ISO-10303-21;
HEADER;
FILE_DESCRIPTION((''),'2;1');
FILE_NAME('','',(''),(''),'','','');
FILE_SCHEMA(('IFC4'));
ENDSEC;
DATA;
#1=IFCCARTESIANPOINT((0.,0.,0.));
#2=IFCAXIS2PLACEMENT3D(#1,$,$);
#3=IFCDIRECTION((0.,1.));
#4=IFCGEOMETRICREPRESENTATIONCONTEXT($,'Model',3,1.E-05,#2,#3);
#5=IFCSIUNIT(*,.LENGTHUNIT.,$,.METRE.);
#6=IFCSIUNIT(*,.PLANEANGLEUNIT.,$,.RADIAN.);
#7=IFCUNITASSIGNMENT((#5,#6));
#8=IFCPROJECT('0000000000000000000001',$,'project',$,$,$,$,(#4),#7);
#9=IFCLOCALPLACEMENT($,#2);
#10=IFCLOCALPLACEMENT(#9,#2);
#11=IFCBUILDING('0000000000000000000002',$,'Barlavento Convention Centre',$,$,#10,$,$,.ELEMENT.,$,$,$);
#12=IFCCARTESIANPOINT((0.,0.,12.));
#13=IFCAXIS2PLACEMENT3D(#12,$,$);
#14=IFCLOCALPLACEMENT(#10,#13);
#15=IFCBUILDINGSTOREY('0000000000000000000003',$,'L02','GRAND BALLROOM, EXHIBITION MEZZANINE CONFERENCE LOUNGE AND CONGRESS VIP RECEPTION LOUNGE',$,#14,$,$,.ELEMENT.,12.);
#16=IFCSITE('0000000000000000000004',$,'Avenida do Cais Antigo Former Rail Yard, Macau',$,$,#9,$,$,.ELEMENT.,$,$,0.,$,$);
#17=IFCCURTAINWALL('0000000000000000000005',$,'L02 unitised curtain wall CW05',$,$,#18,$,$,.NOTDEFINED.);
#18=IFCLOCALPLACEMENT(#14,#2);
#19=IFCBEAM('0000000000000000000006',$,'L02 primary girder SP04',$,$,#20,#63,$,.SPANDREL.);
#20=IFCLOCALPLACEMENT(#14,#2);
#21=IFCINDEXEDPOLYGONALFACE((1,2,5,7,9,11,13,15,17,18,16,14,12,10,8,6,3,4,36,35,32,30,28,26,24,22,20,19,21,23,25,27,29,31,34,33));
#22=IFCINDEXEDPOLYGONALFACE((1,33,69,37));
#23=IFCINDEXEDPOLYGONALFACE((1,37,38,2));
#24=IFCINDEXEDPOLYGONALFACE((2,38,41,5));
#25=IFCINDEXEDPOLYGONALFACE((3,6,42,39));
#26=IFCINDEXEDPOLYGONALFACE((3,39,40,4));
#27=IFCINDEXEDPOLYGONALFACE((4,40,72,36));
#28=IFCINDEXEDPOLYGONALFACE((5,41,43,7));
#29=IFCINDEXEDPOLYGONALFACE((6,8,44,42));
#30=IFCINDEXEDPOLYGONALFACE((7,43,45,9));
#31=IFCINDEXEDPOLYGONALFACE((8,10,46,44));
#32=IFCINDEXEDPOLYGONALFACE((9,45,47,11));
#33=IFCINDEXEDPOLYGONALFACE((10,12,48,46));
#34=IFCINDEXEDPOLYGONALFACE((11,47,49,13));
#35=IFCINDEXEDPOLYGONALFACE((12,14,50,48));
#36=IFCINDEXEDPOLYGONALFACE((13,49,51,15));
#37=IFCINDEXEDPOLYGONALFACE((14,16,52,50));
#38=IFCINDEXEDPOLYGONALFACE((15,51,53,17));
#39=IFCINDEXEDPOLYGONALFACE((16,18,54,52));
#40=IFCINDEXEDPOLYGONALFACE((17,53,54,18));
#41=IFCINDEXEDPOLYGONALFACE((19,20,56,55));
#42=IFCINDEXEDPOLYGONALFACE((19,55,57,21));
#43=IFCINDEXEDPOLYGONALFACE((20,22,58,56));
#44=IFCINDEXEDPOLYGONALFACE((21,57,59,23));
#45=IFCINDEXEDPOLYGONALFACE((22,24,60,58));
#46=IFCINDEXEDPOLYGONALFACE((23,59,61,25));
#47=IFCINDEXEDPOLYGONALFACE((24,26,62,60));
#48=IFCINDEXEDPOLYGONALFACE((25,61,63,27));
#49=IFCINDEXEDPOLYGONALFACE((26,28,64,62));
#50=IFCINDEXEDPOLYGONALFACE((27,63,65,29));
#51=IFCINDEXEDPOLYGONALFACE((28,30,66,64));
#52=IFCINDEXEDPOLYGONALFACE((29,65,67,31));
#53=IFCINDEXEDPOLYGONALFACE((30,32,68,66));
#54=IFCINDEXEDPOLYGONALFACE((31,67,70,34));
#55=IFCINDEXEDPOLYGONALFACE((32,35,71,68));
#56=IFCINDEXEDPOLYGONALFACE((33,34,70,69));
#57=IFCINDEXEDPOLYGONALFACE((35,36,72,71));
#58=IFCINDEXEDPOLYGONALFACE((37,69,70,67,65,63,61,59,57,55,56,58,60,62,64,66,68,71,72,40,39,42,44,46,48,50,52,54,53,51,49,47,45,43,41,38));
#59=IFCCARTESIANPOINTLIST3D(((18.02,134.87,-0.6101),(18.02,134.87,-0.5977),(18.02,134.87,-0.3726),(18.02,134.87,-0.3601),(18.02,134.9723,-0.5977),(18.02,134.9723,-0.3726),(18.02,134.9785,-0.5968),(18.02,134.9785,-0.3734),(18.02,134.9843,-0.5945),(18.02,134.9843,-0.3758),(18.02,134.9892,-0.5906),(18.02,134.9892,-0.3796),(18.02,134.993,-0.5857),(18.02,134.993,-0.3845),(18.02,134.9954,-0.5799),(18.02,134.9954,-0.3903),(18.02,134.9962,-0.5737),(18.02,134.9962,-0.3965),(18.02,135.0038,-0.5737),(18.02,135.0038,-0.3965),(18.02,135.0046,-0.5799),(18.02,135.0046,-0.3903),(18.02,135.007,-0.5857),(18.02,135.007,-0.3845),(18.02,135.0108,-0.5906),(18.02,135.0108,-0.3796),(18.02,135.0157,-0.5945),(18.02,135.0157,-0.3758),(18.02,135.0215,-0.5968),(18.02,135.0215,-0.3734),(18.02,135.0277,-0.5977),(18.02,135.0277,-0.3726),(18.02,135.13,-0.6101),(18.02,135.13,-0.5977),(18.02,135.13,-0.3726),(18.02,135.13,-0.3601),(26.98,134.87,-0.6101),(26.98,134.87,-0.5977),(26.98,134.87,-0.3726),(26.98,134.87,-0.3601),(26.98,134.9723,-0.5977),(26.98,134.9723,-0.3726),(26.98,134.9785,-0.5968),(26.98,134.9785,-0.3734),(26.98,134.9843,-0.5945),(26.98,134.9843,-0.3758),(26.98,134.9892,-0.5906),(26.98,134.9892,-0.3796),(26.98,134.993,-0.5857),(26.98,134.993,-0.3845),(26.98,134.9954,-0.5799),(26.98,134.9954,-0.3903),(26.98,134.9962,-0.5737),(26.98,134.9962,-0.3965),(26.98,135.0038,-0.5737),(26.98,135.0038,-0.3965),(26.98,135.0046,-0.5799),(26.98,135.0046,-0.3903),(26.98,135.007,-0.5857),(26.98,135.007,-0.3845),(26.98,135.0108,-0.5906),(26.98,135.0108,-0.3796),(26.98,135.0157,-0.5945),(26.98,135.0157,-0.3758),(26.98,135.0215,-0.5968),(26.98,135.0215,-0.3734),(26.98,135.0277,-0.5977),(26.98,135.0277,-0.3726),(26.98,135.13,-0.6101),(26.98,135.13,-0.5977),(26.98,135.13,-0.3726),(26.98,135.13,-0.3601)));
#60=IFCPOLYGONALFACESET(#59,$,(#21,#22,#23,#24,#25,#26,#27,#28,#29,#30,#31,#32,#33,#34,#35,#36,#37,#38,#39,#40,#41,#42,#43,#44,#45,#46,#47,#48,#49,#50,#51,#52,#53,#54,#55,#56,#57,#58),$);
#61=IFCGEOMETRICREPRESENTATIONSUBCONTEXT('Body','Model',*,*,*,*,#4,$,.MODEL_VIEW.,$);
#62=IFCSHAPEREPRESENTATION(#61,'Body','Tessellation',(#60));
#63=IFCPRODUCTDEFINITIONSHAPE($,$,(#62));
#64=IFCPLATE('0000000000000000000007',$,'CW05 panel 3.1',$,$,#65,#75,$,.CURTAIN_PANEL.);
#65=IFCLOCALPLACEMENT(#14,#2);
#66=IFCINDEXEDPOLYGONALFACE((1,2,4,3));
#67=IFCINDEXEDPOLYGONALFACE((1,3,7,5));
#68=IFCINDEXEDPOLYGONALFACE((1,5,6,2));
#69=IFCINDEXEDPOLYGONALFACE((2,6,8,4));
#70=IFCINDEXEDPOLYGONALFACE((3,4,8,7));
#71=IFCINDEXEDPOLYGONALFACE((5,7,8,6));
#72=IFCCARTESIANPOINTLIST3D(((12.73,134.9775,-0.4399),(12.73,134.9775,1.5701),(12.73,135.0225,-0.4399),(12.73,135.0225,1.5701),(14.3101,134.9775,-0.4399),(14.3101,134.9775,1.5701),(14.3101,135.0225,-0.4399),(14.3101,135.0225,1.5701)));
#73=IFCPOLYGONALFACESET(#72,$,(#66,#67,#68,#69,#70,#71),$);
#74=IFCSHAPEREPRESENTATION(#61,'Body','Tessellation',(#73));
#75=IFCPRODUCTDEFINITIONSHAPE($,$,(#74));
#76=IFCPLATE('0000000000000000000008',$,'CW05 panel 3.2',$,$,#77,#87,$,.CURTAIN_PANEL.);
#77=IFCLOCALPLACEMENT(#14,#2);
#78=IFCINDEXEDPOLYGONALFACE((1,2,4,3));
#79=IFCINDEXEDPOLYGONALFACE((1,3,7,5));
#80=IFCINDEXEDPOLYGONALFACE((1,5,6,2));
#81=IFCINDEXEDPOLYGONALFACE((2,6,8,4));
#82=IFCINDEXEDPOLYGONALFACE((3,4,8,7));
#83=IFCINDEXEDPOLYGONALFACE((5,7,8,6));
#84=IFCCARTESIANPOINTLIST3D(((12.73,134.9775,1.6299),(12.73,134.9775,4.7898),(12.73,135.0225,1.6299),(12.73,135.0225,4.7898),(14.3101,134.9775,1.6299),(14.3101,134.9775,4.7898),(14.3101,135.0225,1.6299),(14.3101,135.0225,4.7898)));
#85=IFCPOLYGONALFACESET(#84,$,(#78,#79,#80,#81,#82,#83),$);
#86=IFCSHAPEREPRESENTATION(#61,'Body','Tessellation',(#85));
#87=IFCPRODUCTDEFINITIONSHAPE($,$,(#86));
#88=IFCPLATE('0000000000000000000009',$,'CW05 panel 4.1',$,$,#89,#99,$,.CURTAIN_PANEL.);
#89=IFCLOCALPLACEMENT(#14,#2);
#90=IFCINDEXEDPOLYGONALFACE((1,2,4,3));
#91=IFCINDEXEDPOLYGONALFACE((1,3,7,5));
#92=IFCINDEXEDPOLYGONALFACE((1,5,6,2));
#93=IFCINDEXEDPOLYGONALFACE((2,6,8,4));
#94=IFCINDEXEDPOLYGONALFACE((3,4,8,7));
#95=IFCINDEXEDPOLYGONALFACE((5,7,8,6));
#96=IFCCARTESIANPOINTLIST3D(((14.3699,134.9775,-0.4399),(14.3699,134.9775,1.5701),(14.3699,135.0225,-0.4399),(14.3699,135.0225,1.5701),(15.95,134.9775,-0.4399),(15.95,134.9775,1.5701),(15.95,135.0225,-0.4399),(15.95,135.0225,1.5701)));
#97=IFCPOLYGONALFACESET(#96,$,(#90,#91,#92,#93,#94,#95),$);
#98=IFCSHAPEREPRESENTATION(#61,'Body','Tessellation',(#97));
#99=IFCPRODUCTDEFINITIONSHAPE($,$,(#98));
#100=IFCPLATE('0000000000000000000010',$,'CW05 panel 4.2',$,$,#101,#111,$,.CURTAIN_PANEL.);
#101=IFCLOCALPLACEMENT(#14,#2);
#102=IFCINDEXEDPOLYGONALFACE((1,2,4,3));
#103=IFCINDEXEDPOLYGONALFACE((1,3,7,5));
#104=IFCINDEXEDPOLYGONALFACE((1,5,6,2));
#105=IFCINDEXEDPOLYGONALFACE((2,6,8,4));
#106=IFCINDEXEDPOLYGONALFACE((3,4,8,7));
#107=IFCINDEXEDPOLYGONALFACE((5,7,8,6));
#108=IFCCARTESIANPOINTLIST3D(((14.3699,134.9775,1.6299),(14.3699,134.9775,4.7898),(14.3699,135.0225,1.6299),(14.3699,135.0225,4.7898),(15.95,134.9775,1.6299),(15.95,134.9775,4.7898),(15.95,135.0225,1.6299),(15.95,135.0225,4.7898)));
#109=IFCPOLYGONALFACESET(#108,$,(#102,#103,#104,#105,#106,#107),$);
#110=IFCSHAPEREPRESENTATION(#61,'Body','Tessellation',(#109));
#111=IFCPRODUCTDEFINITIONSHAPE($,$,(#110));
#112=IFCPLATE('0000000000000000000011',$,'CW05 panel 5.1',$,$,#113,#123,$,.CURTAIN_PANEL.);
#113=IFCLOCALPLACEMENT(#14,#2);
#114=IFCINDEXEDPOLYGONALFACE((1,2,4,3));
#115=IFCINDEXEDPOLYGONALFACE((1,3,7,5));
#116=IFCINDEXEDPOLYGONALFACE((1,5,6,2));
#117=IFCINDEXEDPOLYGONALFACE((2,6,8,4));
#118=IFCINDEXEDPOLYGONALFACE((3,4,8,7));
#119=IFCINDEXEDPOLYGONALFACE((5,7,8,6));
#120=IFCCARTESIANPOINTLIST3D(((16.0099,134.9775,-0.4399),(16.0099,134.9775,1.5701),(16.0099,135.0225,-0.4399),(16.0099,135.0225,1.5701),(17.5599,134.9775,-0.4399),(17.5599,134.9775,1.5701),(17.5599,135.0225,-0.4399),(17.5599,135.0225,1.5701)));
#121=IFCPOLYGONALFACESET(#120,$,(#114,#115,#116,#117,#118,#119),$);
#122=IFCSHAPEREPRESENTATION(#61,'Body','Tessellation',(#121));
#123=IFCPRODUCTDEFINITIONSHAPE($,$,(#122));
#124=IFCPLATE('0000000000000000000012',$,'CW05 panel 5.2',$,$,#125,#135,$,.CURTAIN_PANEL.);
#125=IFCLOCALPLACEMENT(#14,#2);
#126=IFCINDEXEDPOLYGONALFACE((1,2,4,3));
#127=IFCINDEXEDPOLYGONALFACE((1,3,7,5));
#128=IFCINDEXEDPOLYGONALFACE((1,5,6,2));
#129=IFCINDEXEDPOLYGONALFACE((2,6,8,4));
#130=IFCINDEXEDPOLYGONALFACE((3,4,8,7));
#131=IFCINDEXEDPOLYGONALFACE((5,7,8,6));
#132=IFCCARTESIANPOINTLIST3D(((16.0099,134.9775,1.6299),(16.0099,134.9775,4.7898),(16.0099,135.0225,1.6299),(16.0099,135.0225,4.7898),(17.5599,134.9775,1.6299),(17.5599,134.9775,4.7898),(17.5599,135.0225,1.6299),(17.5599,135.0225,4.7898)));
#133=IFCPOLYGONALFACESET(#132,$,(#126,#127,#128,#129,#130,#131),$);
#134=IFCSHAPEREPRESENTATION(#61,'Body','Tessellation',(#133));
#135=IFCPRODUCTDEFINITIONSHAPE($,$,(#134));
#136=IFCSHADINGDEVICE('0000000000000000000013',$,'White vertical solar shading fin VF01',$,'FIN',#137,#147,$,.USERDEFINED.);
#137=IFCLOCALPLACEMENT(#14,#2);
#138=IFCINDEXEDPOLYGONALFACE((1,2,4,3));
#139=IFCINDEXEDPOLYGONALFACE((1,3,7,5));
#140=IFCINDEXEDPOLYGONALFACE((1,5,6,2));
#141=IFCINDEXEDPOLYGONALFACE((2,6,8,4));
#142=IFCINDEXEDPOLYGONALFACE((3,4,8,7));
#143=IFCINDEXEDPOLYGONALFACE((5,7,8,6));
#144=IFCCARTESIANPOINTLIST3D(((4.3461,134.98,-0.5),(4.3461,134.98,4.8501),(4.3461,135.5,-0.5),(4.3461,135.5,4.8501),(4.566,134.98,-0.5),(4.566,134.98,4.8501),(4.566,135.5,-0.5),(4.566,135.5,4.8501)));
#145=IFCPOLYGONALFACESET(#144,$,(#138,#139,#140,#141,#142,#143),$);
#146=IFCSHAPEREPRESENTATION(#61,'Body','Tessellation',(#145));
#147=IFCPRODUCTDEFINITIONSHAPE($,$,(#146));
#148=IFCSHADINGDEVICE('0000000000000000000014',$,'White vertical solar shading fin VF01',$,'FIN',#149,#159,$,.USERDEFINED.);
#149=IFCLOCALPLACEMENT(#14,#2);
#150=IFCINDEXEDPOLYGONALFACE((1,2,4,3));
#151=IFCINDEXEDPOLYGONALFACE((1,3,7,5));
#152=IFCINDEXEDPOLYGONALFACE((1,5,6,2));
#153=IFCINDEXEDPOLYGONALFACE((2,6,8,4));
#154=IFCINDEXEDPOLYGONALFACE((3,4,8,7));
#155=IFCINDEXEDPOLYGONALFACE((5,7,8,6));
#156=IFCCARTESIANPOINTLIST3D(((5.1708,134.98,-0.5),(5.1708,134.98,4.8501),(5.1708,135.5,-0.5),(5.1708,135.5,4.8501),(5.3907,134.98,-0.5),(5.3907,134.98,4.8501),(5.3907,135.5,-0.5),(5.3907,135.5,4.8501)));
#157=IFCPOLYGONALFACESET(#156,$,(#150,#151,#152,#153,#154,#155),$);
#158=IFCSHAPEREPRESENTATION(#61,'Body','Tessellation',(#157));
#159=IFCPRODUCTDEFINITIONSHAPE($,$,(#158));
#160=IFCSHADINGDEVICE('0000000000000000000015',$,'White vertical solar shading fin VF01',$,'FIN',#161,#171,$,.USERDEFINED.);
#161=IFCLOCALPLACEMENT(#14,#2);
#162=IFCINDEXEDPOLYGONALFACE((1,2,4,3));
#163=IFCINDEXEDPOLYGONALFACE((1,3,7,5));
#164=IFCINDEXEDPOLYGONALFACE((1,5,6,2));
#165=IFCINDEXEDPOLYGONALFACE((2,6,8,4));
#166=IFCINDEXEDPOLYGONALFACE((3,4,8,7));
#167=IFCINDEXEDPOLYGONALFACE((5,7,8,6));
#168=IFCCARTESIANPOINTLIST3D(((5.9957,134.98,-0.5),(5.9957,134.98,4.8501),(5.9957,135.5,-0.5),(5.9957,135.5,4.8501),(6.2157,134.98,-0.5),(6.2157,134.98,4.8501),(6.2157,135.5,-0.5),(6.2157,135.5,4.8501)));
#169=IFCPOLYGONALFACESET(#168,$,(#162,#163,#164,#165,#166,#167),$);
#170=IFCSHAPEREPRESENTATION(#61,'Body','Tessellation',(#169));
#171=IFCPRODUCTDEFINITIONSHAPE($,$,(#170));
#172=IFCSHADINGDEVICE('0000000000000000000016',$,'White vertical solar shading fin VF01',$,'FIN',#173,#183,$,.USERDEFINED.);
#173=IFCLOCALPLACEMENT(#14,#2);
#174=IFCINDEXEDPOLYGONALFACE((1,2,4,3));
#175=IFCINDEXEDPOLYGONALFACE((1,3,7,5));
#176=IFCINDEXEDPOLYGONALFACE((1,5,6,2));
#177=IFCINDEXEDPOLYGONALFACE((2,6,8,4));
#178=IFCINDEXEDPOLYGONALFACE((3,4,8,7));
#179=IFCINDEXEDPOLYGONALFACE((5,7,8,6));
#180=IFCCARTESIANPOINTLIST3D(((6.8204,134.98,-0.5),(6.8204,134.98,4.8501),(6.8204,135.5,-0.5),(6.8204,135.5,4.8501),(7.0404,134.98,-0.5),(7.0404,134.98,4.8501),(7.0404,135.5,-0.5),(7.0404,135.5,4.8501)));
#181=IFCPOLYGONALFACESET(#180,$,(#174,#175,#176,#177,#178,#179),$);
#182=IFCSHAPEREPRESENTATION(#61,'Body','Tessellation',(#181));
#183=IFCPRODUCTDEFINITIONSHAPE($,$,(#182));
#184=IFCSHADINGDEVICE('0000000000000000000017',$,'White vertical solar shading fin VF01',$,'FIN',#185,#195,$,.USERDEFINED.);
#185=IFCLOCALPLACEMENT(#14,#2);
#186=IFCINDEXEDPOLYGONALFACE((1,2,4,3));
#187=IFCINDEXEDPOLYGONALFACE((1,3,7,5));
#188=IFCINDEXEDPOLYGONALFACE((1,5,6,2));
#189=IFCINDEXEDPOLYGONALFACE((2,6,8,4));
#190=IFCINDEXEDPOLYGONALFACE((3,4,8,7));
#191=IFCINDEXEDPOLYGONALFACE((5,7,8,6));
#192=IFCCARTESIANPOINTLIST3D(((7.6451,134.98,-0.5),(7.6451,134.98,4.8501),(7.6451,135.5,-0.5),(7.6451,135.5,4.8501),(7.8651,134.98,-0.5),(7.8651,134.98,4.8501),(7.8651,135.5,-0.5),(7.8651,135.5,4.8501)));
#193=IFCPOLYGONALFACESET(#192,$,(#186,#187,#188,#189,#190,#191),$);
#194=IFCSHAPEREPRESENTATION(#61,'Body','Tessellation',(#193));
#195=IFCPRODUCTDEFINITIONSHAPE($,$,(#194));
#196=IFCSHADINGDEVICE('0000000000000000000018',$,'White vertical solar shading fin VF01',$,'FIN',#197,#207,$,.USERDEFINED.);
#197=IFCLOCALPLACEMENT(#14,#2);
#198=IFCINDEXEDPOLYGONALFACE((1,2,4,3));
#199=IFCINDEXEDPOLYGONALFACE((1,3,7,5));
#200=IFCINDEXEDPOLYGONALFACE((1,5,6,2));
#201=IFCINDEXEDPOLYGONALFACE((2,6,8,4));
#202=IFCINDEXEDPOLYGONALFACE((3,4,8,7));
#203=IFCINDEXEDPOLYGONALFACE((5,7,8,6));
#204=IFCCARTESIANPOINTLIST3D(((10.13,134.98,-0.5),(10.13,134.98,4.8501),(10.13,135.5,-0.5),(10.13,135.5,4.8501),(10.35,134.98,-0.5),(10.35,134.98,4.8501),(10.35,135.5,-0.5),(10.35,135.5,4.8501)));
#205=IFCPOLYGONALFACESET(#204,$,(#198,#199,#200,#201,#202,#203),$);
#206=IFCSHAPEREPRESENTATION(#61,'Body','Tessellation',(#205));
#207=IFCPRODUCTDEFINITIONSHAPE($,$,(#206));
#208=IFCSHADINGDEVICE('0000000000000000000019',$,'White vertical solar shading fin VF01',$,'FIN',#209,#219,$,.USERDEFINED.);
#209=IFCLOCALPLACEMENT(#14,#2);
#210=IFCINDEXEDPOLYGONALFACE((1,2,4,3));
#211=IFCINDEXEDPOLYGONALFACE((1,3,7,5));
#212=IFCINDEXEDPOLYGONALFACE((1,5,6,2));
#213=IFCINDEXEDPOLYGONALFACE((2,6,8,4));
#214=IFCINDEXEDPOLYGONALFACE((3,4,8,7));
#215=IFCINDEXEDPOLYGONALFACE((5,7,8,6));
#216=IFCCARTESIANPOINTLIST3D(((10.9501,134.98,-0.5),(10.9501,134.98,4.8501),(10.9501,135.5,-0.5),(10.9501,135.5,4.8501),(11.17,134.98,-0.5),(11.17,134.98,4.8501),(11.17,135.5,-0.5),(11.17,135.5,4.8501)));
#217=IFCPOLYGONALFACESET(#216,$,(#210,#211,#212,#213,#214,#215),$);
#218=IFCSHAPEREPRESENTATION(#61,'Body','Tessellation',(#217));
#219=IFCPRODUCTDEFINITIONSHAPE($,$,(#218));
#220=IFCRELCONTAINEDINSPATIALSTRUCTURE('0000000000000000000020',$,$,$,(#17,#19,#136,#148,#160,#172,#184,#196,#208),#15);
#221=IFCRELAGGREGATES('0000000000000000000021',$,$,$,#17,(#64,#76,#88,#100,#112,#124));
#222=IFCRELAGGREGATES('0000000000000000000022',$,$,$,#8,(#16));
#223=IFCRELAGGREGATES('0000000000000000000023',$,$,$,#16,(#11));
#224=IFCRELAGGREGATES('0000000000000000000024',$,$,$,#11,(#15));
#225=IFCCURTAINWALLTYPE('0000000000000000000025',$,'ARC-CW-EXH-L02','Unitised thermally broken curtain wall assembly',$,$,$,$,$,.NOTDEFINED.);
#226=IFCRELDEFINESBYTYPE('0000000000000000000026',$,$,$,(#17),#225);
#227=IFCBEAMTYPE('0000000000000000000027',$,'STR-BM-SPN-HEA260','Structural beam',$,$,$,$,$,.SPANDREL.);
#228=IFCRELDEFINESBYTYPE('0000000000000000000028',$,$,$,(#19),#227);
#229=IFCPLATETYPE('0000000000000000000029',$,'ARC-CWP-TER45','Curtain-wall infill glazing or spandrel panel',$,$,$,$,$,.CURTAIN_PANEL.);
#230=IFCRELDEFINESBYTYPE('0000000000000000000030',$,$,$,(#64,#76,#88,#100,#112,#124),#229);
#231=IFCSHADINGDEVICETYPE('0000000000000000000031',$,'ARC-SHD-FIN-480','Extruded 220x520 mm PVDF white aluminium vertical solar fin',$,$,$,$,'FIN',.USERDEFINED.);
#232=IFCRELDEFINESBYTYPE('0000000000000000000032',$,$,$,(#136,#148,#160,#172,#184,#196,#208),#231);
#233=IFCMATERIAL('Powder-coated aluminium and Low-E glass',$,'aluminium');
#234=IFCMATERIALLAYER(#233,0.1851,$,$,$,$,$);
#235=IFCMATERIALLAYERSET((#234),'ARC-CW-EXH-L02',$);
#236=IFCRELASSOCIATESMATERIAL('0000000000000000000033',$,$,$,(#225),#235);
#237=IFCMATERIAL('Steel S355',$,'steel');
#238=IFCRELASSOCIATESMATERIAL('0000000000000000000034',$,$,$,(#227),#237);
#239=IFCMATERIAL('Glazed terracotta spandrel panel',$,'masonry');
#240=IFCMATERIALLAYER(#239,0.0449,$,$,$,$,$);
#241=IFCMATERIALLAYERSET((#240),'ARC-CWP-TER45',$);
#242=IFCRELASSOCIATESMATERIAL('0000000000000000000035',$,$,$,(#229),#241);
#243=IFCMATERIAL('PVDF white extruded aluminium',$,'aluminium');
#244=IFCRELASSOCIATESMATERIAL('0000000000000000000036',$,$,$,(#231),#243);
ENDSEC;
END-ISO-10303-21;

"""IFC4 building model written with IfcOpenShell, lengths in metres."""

from ifc_helpers import new_model, si_unit, direction, frame, origin, origin_2d, place, context, subcontext, project, spatial, rectangle, i_section, extrude, material, layer, layer_set, material_profile, profile_set, type_object, element, aggregate, save


model = new_model("IFC4")

# Units and contexts
model_context = context("Model", 3, precision=1e-05, world=origin(), true_north=direction((0.0, 1.0)))
body_context = subcontext(model_context, "Body", "Model", "MODEL_VIEW")
ifc_project = project(units=[si_unit("LENGTHUNIT", "METRE"), si_unit("PLANEANGLEUNIT", "RADIAN")], contexts=[model_context])

# Site, building, storey
site_placement = place(None, origin())
site = spatial("IfcSite", under=ifc_project, at=site_placement, Name="Avenida do Cais Antigo Former Rail Yard, Macau", CompositionType="ELEMENT", RefElevation=0.0)
building_placement = place(site_placement, origin())
building = spatial("IfcBuilding", under=site, at=building_placement, Name="Barlavento Convention Centre", CompositionType="ELEMENT")
storey_placement = place(building_placement, frame((0.0, 0.0, 12.0)))
storey = spatial("IfcBuildingStorey", under=building, at=storey_placement, Name="L02", Description="GRAND BALLROOM, EXHIBITION MEZZANINE CONFERENCE LOUNGE AND CONGRESS VIP RECEPTION LOUNGE", CompositionType="ELEMENT", Elevation=12.0)

# Shared definitions
ifc_material_1 = material(Name="Steel S355", Category="steel")

# Curtain wall
ifc_material_2 = material(Name="Powder-coated aluminium and Low-E glass", Category="aluminium")
ifc_layer_1 = layer(ifc_material_2, 0.1851)
ifc_layer_set_1 = layer_set([ifc_layer_1], Name="ARC-CW-EXH-L02")
curtain_wall_type = type_object("IfcCurtainWallType", Name="ARC-CW-EXH-L02", Description="Unitised thermally broken curtain wall assembly", PredefinedType="NOTDEFINED", material=ifc_layer_set_1)
curtain_wall_1_placement = place(storey_placement, origin())
curtain_wall_1 = element("IfcCurtainWall", 1, at=curtain_wall_1_placement, inside=storey, type_object=curtain_wall_type, Name="L02 unitised curtain wall CW05", PredefinedType="NOTDEFINED")

# Beam
ifc_material_profile_1 = material_profile(ifc_material_1, i_section(OverallWidth=0.26, OverallDepth=0.25, WebThickness=0.0076, FlangeThickness=0.0125, FilletRadius=0.0239, at=origin_2d()), Name="HEA 260")
ifc_profile_set_1 = profile_set([ifc_material_profile_1], Name="Steel S355")
beam_type = type_object("IfcBeamType", Name="STR-BM-SPN-HEA260", Description="Structural beam", PredefinedType="SPANDREL", material=ifc_profile_set_1)
beam_placement = place(storey_placement, frame((18.02, 135.0, -0.4851), z_axis=(1.0, 0.0, 0.0), x_axis=(0.0, 1.0, 0.0)))
element("IfcBeam", 2, at=beam_placement, inside=storey, type_object=beam_type, Name="L02 primary girder SP04", PredefinedType="SPANDREL", context=body_context, shape_type="SweptSolid", body=[
    extrude(i_section(OverallWidth=0.26, OverallDepth=0.25, WebThickness=0.0076, FlangeThickness=0.0125, FilletRadius=0.0239, at=origin_2d()), origin(), (0.0, 0.0, 1.0), 8.96),
])

# Plates
ifc_material_3 = material(Name="Glazed terracotta spandrel panel", Category="masonry")
ifc_layer_2 = layer(ifc_material_3, 0.0449)
ifc_layer_set_2 = layer_set([ifc_layer_2], Name="ARC-CWP-TER45")
plate_type = type_object("IfcPlateType", Name="ARC-CWP-TER45", Description="Curtain-wall infill glazing or spandrel panel", PredefinedType="CURTAIN_PANEL", material=ifc_layer_set_2)
plate_1_placement = place(storey_placement, frame((13.52, 135.0, -0.4399), z_axis=(0.0, 0.0, 1.0), x_axis=(1.0, 0.0, 0.0)))
plate_1 = element("IfcPlate", 3, at=plate_1_placement, type_object=plate_type, Name="CW05 panel 3.1", PredefinedType="CURTAIN_PANEL", context=body_context, shape_type="SweptSolid", body=[
    extrude(rectangle(XDim=1.5801, YDim=0.0449, at=origin_2d()), origin(), (0.0, 0.0, 1.0), 2.01),
])
plate_2_placement = place(storey_placement, frame((13.52, 135.0, 1.6299), z_axis=(0.0, 0.0, 1.0), x_axis=(1.0, 0.0, 0.0)))
plate_2 = element("IfcPlate", 4, at=plate_2_placement, type_object=plate_type, Name="CW05 panel 3.2", PredefinedType="CURTAIN_PANEL", context=body_context, shape_type="SweptSolid", body=[
    extrude(rectangle(XDim=1.5801, YDim=0.0449, at=origin_2d()), origin(), (0.0, 0.0, 1.0), 3.1599),
])
plate_3_placement = place(storey_placement, frame((15.1599, 135.0, -0.4399), z_axis=(0.0, 0.0, 1.0), x_axis=(1.0, 0.0, 0.0)))
plate_3 = element("IfcPlate", 5, at=plate_3_placement, type_object=plate_type, Name="CW05 panel 4.1", PredefinedType="CURTAIN_PANEL", context=body_context, shape_type="SweptSolid", body=[
    extrude(rectangle(XDim=1.5801, YDim=0.0449, at=origin_2d()), origin(), (0.0, 0.0, 1.0), 2.01),
])
plate_4_placement = place(storey_placement, frame((15.1599, 135.0, 1.6299), z_axis=(0.0, 0.0, 1.0), x_axis=(1.0, 0.0, 0.0)))
plate_4 = element("IfcPlate", 6, at=plate_4_placement, type_object=plate_type, Name="CW05 panel 4.2", PredefinedType="CURTAIN_PANEL", context=body_context, shape_type="SweptSolid", body=[
    extrude(rectangle(XDim=1.5801, YDim=0.0449, at=origin_2d()), origin(), (0.0, 0.0, 1.0), 3.1599),
])
plate_5_placement = place(storey_placement, frame((16.7849, 135.0, -0.4399), z_axis=(0.0, 0.0, 1.0), x_axis=(1.0, 0.0, 0.0)))
plate_5 = element("IfcPlate", 7, at=plate_5_placement, type_object=plate_type, Name="CW05 panel 5.1", PredefinedType="CURTAIN_PANEL", context=body_context, shape_type="SweptSolid", body=[
    extrude(rectangle(XDim=1.55, YDim=0.0449, at=origin_2d()), origin(), (0.0, 0.0, 1.0), 2.01),
])
plate_6_placement = place(storey_placement, frame((16.7849, 135.0, 1.6299), z_axis=(0.0, 0.0, 1.0), x_axis=(1.0, 0.0, 0.0)))
plate_6 = element("IfcPlate", 8, at=plate_6_placement, type_object=plate_type, Name="CW05 panel 5.2", PredefinedType="CURTAIN_PANEL", context=body_context, shape_type="SweptSolid", body=[
    extrude(rectangle(XDim=1.55, YDim=0.0449, at=origin_2d()), origin(), (0.0, 0.0, 1.0), 3.1599),
])
aggregate(curtain_wall_1, [plate_1, plate_2, plate_3, plate_4, plate_5, plate_6])

# Shading devices
ifc_material_4 = material(Name="PVDF white extruded aluminium", Category="aluminium")
shading_device_type = type_object("IfcShadingDeviceType", Name="ARC-SHD-FIN-480", Description="Extruded 220x520 mm PVDF white aluminium vertical solar fin", ElementType="FIN", PredefinedType="USERDEFINED", material=ifc_material_4)
for number, where, z_axis, x_axis, name in (
    (9, (4.4561, 135.24, -0.5), (0.0, 0.0, 1.0), (1.0, 0.0, 0.0), "White vertical solar shading fin VF01"),
    (10, (5.2808, 135.24, -0.5), (0.0, 0.0, 1.0), (1.0, 0.0, 0.0), "White vertical solar shading fin VF01"),
    (11, (6.1057, 135.24, -0.5), (0.0, 0.0, 1.0), (1.0, 0.0, 0.0), "White vertical solar shading fin VF01"),
    (12, (6.9304, 135.24, -0.5), (0.0, 0.0, 1.0), (1.0, 0.0, 0.0), "White vertical solar shading fin VF01"),
    (13, (7.7551, 135.24, -0.5), (0.0, 0.0, 1.0), (1.0, 0.0, 0.0), "White vertical solar shading fin VF01"),
    (14, (10.24, 135.24, -0.5), (0.0, 0.0, 1.0), (1.0, 0.0, 0.0), "White vertical solar shading fin VF01"),
    (15, (11.0601, 135.24, -0.5), (0.0, 0.0, 1.0), (1.0, 0.0, 0.0), "White vertical solar shading fin VF01"),
):
    element("IfcShadingDevice", number, at=place(storey_placement, frame(where, z_axis=z_axis, x_axis=x_axis)), inside=storey, type_object=shading_device_type, Name=name, ObjectType="FIN", PredefinedType="USERDEFINED", context=body_context, shape_type="SweptSolid", body=[
        extrude(rectangle(XDim=0.22, YDim=0.52, at=origin_2d()), origin(), (0.0, 0.0, 1.0), 5.3501),
    ])

save(model, "model.ifc")
